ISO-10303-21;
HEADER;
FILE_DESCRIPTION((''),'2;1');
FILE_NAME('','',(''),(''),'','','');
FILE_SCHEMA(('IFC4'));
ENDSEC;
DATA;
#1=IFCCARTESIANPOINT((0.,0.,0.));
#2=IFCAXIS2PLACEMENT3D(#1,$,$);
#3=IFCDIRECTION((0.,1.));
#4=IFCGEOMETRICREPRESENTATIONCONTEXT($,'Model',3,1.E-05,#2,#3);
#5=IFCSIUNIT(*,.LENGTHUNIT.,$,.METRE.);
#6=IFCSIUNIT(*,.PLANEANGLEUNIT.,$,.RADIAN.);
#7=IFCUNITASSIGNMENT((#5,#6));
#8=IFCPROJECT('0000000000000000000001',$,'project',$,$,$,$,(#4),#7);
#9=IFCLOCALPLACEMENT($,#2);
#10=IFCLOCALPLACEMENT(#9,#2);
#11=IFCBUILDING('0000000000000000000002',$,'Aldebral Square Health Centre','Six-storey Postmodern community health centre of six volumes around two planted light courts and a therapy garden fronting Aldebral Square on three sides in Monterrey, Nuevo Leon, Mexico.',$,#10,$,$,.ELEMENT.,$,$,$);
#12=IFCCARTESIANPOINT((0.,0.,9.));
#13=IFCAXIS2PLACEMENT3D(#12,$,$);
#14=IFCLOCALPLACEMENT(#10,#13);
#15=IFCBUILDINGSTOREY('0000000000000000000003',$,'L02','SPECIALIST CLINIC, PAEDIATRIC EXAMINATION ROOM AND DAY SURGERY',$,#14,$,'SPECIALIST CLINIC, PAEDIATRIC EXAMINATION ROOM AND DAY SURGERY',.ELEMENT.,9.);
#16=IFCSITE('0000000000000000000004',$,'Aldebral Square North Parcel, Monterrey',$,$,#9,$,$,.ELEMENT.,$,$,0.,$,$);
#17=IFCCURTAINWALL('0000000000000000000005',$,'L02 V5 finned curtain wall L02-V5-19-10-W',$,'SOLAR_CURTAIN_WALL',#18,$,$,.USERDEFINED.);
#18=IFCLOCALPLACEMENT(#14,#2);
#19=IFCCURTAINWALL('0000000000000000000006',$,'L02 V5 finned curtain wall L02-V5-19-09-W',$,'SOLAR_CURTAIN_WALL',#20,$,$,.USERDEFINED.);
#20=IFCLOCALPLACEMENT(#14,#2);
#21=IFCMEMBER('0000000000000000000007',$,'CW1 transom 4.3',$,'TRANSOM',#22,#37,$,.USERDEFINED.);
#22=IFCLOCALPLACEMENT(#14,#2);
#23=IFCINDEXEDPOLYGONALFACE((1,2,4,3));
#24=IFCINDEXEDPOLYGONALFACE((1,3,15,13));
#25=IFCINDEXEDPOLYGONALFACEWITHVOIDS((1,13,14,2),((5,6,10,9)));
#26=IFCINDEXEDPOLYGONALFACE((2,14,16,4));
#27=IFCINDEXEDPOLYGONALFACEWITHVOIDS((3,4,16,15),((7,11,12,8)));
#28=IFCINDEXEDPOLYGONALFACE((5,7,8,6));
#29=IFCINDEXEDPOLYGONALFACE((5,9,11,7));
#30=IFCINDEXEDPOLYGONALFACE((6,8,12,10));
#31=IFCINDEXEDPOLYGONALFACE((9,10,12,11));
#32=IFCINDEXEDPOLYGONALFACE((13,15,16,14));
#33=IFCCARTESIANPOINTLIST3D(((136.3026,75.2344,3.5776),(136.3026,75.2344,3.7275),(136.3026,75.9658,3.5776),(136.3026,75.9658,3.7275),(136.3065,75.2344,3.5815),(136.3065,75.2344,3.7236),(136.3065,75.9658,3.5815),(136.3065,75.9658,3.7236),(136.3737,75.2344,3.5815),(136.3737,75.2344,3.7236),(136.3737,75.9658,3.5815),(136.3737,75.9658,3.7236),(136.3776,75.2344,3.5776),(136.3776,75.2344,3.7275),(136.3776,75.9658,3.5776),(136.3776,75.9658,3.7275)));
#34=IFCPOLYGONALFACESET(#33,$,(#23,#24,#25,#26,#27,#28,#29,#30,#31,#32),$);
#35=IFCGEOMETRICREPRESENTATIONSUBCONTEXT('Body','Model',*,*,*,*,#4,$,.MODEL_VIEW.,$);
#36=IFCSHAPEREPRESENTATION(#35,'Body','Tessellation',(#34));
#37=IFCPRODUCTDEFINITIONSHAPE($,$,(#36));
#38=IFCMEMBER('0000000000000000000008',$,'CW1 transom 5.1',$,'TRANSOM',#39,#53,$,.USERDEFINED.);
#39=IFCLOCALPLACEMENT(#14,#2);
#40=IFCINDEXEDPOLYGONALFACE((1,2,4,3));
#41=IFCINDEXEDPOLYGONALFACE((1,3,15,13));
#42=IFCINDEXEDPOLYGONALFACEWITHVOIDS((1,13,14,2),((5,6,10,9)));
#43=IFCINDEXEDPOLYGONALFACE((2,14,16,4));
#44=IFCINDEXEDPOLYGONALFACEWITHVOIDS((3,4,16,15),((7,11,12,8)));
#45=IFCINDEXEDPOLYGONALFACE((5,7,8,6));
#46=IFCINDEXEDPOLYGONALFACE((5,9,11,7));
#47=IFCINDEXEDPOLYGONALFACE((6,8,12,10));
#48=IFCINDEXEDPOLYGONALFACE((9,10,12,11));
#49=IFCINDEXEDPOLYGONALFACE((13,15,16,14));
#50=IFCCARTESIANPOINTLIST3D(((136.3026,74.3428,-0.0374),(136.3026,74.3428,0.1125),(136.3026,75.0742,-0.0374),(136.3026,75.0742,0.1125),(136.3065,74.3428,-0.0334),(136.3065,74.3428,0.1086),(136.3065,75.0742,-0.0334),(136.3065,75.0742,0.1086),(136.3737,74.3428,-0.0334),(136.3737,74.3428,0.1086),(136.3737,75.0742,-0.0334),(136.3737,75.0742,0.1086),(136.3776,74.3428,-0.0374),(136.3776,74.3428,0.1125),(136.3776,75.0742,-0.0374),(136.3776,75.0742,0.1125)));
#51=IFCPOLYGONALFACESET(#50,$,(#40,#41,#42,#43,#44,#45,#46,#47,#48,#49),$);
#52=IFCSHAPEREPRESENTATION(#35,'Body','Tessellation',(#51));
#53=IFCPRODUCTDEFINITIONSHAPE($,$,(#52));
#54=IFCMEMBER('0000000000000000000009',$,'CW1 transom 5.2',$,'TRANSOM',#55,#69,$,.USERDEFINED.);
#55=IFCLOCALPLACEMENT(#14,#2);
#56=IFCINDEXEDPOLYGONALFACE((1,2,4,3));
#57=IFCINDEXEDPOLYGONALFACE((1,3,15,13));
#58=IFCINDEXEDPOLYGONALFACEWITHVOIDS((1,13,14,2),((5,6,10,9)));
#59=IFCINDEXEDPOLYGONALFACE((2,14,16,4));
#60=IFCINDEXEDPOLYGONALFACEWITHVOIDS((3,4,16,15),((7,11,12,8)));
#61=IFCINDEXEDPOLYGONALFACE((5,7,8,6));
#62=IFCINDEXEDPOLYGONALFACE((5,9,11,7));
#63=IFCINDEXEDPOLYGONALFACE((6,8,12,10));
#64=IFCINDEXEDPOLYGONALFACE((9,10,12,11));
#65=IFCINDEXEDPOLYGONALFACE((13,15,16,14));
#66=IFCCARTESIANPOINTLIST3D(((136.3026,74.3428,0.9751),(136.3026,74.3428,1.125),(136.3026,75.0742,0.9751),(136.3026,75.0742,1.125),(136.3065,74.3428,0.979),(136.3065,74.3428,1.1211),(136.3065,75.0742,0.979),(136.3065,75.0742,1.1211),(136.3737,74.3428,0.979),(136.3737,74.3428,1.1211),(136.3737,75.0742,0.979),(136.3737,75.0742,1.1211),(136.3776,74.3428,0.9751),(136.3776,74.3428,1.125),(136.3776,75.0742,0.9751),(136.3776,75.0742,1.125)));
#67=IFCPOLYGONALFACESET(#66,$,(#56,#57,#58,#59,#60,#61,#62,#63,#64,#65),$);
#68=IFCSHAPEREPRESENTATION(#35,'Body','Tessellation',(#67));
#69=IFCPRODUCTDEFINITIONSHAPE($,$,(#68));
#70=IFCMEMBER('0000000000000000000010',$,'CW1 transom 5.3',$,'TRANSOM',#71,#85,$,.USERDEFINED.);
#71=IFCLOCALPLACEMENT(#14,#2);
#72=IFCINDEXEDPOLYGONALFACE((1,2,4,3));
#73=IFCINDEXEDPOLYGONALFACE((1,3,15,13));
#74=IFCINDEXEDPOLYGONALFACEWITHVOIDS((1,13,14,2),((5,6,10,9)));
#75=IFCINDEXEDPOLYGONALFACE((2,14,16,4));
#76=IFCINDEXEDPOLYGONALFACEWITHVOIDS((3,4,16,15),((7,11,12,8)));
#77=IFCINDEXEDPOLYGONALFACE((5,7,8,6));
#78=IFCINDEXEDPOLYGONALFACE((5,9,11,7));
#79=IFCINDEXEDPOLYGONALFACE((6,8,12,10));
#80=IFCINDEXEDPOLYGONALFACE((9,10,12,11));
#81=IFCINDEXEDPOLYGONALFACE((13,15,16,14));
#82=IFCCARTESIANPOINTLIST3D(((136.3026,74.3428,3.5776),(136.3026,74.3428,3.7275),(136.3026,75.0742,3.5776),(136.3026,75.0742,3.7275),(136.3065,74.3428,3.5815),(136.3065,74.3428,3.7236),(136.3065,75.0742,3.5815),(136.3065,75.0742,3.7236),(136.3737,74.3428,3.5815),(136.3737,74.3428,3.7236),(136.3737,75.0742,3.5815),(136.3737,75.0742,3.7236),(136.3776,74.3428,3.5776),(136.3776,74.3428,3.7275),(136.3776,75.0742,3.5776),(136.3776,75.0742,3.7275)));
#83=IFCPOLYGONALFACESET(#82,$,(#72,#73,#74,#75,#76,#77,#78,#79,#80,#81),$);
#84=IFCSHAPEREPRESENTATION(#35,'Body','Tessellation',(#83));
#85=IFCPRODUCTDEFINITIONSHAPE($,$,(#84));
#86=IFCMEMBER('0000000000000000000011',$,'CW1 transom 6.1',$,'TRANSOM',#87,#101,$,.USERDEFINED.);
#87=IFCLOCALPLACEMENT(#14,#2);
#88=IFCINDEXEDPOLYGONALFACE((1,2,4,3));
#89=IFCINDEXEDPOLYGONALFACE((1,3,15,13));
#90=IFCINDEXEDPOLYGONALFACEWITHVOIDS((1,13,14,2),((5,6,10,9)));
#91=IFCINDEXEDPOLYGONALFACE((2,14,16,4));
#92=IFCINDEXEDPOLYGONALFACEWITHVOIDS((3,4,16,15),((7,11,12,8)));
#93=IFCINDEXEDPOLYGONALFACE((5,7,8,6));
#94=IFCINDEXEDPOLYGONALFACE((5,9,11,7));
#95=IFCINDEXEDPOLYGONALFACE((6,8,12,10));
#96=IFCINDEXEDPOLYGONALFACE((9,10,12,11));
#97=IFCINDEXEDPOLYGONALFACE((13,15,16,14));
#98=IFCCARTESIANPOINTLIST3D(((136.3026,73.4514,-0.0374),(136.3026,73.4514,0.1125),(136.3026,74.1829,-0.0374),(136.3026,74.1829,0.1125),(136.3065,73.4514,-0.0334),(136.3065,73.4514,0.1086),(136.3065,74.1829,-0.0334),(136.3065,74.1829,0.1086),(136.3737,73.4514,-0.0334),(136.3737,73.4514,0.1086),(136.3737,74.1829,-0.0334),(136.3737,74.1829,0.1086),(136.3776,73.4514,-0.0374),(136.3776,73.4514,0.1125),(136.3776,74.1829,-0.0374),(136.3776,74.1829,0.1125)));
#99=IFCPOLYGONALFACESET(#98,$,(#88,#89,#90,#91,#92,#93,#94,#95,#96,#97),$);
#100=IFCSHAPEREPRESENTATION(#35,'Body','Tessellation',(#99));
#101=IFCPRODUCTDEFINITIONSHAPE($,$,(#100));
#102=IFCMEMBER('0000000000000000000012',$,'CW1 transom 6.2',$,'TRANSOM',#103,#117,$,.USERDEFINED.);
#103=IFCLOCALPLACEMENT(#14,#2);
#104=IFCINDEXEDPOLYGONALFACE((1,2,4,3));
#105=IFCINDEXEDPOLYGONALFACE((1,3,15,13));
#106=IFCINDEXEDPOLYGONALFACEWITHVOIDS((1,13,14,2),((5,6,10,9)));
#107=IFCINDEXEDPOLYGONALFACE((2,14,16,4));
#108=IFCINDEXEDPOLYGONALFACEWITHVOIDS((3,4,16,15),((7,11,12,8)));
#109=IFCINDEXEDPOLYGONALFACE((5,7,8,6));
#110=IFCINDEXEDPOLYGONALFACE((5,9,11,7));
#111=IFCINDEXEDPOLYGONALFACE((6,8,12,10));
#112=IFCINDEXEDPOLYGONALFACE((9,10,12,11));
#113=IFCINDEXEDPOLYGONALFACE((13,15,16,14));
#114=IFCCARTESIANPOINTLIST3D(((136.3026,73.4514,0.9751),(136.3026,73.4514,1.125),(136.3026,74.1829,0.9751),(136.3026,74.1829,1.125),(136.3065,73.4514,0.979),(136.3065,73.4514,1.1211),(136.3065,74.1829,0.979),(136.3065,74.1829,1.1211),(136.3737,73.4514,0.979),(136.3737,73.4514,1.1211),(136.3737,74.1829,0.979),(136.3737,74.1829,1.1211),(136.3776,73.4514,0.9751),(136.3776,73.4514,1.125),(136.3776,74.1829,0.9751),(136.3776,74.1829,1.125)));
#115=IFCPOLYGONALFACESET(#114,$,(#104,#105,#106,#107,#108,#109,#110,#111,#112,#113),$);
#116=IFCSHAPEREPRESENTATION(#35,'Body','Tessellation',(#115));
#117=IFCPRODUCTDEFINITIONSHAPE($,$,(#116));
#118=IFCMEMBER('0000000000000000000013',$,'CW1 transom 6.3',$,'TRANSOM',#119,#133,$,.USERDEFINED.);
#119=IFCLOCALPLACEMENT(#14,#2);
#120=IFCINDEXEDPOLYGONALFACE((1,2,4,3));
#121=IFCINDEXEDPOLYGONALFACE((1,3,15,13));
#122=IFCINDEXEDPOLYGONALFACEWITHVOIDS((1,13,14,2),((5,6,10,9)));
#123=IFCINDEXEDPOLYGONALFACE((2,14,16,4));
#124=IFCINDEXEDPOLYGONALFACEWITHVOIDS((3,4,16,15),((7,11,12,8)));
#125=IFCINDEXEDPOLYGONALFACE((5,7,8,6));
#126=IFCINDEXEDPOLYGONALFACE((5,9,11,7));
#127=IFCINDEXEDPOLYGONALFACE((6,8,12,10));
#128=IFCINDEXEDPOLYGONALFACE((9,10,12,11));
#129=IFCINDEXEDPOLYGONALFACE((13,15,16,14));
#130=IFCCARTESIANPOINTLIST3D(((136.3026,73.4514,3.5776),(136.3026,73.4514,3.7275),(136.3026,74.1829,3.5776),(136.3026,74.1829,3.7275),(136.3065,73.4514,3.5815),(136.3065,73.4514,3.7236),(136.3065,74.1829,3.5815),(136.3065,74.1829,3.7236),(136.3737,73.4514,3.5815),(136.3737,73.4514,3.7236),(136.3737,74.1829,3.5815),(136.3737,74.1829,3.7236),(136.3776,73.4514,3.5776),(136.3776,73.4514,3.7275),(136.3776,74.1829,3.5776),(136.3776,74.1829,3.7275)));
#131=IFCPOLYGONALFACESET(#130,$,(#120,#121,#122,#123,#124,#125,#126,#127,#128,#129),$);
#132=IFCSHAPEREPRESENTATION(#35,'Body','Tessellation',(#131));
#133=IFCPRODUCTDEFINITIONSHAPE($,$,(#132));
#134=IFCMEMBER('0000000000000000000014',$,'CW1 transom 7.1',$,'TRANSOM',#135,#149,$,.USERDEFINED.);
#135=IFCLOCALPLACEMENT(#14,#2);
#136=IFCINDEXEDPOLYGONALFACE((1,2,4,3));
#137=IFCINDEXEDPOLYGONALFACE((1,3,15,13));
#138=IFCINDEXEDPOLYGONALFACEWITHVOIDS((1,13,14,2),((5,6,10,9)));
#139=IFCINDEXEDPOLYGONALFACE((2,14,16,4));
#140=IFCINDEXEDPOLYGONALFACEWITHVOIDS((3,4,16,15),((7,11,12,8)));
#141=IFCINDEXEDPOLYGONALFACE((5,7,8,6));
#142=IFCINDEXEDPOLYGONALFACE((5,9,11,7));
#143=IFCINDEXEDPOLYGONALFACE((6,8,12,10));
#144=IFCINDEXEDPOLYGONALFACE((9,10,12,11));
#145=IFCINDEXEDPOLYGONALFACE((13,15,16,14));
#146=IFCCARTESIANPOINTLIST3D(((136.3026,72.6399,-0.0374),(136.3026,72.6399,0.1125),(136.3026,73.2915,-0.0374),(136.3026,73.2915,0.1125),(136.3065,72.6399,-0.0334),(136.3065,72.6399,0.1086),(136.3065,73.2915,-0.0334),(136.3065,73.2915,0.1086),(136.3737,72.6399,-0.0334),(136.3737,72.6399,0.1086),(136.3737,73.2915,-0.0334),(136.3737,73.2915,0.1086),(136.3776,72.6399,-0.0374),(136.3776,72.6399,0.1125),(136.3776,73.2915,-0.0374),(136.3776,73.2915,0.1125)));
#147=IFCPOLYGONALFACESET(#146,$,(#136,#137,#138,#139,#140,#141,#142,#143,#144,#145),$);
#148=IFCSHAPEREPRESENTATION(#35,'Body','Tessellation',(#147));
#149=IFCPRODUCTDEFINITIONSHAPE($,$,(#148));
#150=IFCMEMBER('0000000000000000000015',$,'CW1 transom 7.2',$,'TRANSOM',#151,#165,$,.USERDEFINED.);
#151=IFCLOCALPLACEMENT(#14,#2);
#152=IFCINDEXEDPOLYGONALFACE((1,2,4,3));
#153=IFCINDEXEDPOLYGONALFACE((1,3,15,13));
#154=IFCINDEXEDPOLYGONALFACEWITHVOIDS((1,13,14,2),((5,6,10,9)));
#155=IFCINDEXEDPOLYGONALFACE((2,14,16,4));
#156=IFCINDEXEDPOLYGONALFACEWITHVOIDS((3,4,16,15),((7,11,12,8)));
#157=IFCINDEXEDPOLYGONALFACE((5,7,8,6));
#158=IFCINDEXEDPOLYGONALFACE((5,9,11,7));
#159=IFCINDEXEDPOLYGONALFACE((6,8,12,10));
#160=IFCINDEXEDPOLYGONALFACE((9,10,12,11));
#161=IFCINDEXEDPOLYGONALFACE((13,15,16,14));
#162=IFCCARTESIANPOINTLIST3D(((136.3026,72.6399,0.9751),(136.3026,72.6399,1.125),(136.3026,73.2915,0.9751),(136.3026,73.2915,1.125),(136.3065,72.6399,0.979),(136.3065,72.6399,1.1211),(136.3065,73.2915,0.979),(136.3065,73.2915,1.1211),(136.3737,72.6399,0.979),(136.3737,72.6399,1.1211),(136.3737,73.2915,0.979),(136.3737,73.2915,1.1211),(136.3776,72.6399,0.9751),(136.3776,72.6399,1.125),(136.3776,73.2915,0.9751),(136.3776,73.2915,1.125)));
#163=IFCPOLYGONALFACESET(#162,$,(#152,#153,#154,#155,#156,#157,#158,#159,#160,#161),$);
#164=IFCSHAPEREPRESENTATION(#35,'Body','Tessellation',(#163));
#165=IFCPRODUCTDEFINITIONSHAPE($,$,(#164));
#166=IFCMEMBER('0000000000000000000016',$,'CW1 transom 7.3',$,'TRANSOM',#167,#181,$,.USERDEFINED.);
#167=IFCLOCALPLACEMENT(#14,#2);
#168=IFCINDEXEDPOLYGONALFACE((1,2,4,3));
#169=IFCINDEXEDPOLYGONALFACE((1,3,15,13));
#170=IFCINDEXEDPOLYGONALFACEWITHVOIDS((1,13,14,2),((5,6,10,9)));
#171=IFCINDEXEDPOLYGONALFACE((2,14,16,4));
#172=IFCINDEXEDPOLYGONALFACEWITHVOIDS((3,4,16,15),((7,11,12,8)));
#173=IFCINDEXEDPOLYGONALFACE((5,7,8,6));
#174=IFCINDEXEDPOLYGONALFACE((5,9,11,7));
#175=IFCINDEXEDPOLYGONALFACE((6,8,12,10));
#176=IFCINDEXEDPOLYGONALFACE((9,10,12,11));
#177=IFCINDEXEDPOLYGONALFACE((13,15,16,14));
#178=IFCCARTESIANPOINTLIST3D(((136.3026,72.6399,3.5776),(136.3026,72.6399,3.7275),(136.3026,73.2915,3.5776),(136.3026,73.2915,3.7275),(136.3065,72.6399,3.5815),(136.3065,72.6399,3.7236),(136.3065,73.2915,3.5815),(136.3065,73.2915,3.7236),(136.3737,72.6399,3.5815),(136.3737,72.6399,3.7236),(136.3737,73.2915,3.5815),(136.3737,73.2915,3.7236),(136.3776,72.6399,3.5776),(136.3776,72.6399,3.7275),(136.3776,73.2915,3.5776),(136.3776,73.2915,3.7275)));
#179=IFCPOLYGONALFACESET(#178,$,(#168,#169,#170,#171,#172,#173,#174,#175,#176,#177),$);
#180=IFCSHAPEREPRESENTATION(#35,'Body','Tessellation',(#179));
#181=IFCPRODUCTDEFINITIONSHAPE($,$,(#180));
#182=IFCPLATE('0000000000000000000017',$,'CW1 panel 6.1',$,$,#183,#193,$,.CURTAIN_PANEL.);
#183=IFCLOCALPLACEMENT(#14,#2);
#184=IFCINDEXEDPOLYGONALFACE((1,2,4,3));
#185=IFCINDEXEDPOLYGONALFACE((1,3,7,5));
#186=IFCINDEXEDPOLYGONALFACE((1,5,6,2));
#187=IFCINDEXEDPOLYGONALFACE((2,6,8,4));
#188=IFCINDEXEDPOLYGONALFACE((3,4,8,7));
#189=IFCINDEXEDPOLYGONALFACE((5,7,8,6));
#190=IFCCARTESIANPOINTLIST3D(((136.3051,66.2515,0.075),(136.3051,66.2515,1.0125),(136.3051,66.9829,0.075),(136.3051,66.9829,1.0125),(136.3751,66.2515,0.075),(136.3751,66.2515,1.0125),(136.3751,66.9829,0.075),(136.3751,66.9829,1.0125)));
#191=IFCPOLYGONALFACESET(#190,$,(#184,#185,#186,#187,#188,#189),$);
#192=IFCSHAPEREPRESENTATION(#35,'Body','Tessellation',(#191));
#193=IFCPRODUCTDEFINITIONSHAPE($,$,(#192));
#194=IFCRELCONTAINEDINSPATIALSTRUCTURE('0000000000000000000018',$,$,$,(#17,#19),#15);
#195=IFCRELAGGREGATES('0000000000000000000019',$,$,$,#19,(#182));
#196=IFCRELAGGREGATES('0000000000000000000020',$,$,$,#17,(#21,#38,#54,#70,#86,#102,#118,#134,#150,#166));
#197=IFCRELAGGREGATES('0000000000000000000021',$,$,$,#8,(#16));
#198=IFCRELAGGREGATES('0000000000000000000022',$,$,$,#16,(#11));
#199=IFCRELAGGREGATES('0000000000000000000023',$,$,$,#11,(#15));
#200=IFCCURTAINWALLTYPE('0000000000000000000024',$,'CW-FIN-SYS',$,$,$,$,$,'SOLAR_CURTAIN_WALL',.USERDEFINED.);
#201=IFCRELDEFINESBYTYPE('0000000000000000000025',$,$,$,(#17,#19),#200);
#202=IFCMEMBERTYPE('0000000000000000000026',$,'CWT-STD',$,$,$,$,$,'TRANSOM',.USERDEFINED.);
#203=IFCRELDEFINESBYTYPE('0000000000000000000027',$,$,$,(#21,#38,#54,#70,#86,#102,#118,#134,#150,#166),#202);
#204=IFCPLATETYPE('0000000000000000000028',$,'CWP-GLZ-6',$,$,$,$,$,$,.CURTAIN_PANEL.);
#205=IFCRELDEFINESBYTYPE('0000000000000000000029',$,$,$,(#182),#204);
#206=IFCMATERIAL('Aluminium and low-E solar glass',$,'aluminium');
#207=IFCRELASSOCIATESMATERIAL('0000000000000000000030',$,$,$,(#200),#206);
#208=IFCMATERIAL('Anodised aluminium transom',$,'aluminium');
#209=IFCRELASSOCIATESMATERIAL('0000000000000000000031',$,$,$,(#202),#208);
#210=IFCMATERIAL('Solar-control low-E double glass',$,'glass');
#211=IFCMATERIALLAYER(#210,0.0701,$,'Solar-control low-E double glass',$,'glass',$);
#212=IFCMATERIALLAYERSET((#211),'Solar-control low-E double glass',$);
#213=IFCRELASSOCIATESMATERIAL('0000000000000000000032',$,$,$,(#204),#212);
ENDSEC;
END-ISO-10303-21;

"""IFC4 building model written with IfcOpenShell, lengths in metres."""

from ifc_helpers import new_model, si_unit, direction, frame, origin, origin_2d, place, context, subcontext, project, spatial, rectangle, hollow_rectangle, extrude, material, layer, layer_set, material_profile, profile_set, type_object, element, aggregate, save


model = new_model("IFC4")

# Units and contexts
model_context = context("Model", 3, precision=1e-05, world=origin(), true_north=direction((0.0, 1.0)))
body_context = subcontext(model_context, "Body", "Model", "MODEL_VIEW")
ifc_project = project(units=[si_unit("LENGTHUNIT", "METRE"), si_unit("PLANEANGLEUNIT", "RADIAN")], contexts=[model_context])

# Site, building, storey
site_placement = place(None, origin())
site = spatial("IfcSite", under=ifc_project, at=site_placement, Name="Aldebral Square North Parcel, Monterrey", CompositionType="ELEMENT", RefElevation=0.0)
building_placement = place(site_placement, origin())
building = spatial("IfcBuilding", under=site, at=building_placement, Name="Aldebral Square Health Centre", Description="Six-storey Postmodern community health centre of six volumes around two planted light courts and a therapy garden fronting Aldebral Square on three sides in Monterrey, Nuevo Leon, Mexico.", CompositionType="ELEMENT")
storey_placement = place(building_placement, frame((0.0, 0.0, 9.0)))
storey = spatial("IfcBuildingStorey", under=building, at=storey_placement, Name="L02", Description="SPECIALIST CLINIC, PAEDIATRIC EXAMINATION ROOM AND DAY SURGERY", LongName="SPECIALIST CLINIC, PAEDIATRIC EXAMINATION ROOM AND DAY SURGERY", CompositionType="ELEMENT", Elevation=9.0)

# Curtain walls
ifc_material_1 = material(Name="Aluminium and low-E solar glass", Category="aluminium")
curtain_wall_type = type_object("IfcCurtainWallType", Name="CW-FIN-SYS", ElementType="SOLAR_CURTAIN_WALL", PredefinedType="USERDEFINED", material=ifc_material_1)
curtain_wall_1_placement = place(storey_placement, origin())
curtain_wall_1 = element("IfcCurtainWall", 1, at=curtain_wall_1_placement, inside=storey, type_object=curtain_wall_type, Name="L02 V5 finned curtain wall L02-V5-19-10-W", ObjectType="SOLAR_CURTAIN_WALL", PredefinedType="USERDEFINED")
curtain_wall_2_placement = place(storey_placement, origin())
curtain_wall_2 = element("IfcCurtainWall", 2, at=curtain_wall_2_placement, inside=storey, type_object=curtain_wall_type, Name="L02 V5 finned curtain wall L02-V5-19-09-W", ObjectType="SOLAR_CURTAIN_WALL", PredefinedType="USERDEFINED")
ifc_material_2 = material(Name="Anodised aluminium transom", Category="aluminium")
ifc_material_profile_1 = material_profile(ifc_material_2, hollow_rectangle(XDim=0.075, YDim=0.1499, WallThickness=0.0039, at=origin_2d()), Name="CWT 75x150x4")
ifc_profile_set_1 = profile_set([ifc_material_profile_1], Name="Anodised aluminium transom")
member_type_1 = type_object("IfcMemberType", Name="CWT-STD", ElementType="TRANSOM", PredefinedType="USERDEFINED", material=ifc_profile_set_1)

# Members
member_1_placement = place(storey_placement, frame((136.3401, 75.9658, 3.6526), z_axis=(0.0, -1.0, 0.0), x_axis=(1.0, 0.0, 0.0)))
member_1 = element("IfcMember", 3, at=member_1_placement, type_object=member_type_1, Name="CW1 transom 4.3", ObjectType="TRANSOM", PredefinedType="USERDEFINED", context=body_context, shape_type="SweptSolid", body=[
    extrude(hollow_rectangle(XDim=0.075, YDim=0.1499, WallThickness=0.0039, at=origin_2d()), origin(), (0.0, 0.0, 1.0), 0.7314),
])
member_2_placement = place(storey_placement, frame((136.3401, 75.0742, 0.0376), z_axis=(0.0, -1.0, 0.0), x_axis=(1.0, 0.0, 0.0)))
member_2 = element("IfcMember", 4, at=member_2_placement, type_object=member_type_1, Name="CW1 transom 5.1", ObjectType="TRANSOM", PredefinedType="USERDEFINED", context=body_context, shape_type="SweptSolid", body=[
    extrude(hollow_rectangle(XDim=0.075, YDim=0.1499, WallThickness=0.0039, at=origin_2d()), origin(), (0.0, 0.0, 1.0), 0.7314),
])
member_3_placement = place(storey_placement, frame((136.3401, 75.0742, 1.05), z_axis=(0.0, -1.0, 0.0), x_axis=(1.0, 0.0, 0.0)))
member_3 = element("IfcMember", 5, at=member_3_placement, type_object=member_type_1, Name="CW1 transom 5.2", ObjectType="TRANSOM", PredefinedType="USERDEFINED", context=body_context, shape_type="SweptSolid", body=[
    extrude(hollow_rectangle(XDim=0.075, YDim=0.1499, WallThickness=0.0039, at=origin_2d()), origin(), (0.0, 0.0, 1.0), 0.7314),
])
member_4_placement = place(storey_placement, frame((136.3401, 75.0742, 3.6526), z_axis=(0.0, -1.0, 0.0), x_axis=(1.0, 0.0, 0.0)))
member_4 = element("IfcMember", 6, at=member_4_placement, type_object=member_type_1, Name="CW1 transom 5.3", ObjectType="TRANSOM", PredefinedType="USERDEFINED", context=body_context, shape_type="SweptSolid", body=[
    extrude(hollow_rectangle(XDim=0.075, YDim=0.1499, WallThickness=0.0039, at=origin_2d()), origin(), (0.0, 0.0, 1.0), 0.7314),
])
member_5_placement = place(storey_placement, frame((136.3401, 74.1829, 0.0376), z_axis=(0.0, -1.0, 0.0), x_axis=(1.0, 0.0, 0.0)))
member_5 = element("IfcMember", 7, at=member_5_placement, type_object=member_type_1, Name="CW1 transom 6.1", ObjectType="TRANSOM", PredefinedType="USERDEFINED", context=body_context, shape_type="SweptSolid", body=[
    extrude(hollow_rectangle(XDim=0.075, YDim=0.1499, WallThickness=0.0039, at=origin_2d()), origin(), (0.0, 0.0, 1.0), 0.7314),
])
member_6_placement = place(storey_placement, frame((136.3401, 74.1829, 1.05), z_axis=(0.0, -1.0, 0.0), x_axis=(1.0, 0.0, 0.0)))
member_6 = element("IfcMember", 8, at=member_6_placement, type_object=member_type_1, Name="CW1 transom 6.2", ObjectType="TRANSOM", PredefinedType="USERDEFINED", context=body_context, shape_type="SweptSolid", body=[
    extrude(hollow_rectangle(XDim=0.075, YDim=0.1499, WallThickness=0.0039, at=origin_2d()), origin(), (0.0, 0.0, 1.0), 0.7314),
])
member_7_placement = place(storey_placement, frame((136.3401, 74.1829, 3.6526), z_axis=(0.0, -1.0, 0.0), x_axis=(1.0, 0.0, 0.0)))
member_7 = element("IfcMember", 9, at=member_7_placement, type_object=member_type_1, Name="CW1 transom 6.3", ObjectType="TRANSOM", PredefinedType="USERDEFINED", context=body_context, shape_type="SweptSolid", body=[
    extrude(hollow_rectangle(XDim=0.075, YDim=0.1499, WallThickness=0.0039, at=origin_2d()), origin(), (0.0, 0.0, 1.0), 0.7314),
])
member_8_placement = place(storey_placement, frame((136.3401, 73.2915, 0.0376), z_axis=(0.0, -1.0, 0.0), x_axis=(1.0, 0.0, 0.0)))
member_8 = element("IfcMember", 10, at=member_8_placement, type_object=member_type_1, Name="CW1 transom 7.1", ObjectType="TRANSOM", PredefinedType="USERDEFINED", context=body_context, shape_type="SweptSolid", body=[
    extrude(hollow_rectangle(XDim=0.075, YDim=0.1499, WallThickness=0.0039, at=origin_2d()), origin(), (0.0, 0.0, 1.0), 0.6516),
])
member_9_placement = place(storey_placement, frame((136.3401, 73.2915, 1.05), z_axis=(0.0, -1.0, 0.0), x_axis=(1.0, 0.0, 0.0)))
member_9 = element("IfcMember", 11, at=member_9_placement, type_object=member_type_1, Name="CW1 transom 7.2", ObjectType="TRANSOM", PredefinedType="USERDEFINED", context=body_context, shape_type="SweptSolid", body=[
    extrude(hollow_rectangle(XDim=0.075, YDim=0.1499, WallThickness=0.0039, at=origin_2d()), origin(), (0.0, 0.0, 1.0), 0.6516),
])
member_10_placement = place(storey_placement, frame((136.3401, 73.2915, 3.6526), z_axis=(0.0, -1.0, 0.0), x_axis=(1.0, 0.0, 0.0)))
member_10 = element("IfcMember", 12, at=member_10_placement, type_object=member_type_1, Name="CW1 transom 7.3", ObjectType="TRANSOM", PredefinedType="USERDEFINED", context=body_context, shape_type="SweptSolid", body=[
    extrude(hollow_rectangle(XDim=0.075, YDim=0.1499, WallThickness=0.0039, at=origin_2d()), origin(), (0.0, 0.0, 1.0), 0.6516),
])

# Plate
ifc_material_3 = material(Name="Solar-control low-E double glass", Category="glass")
ifc_layer_1 = layer(ifc_material_3, 0.0701, Name="Solar-control low-E double glass", Category="glass")
ifc_layer_set_1 = layer_set([ifc_layer_1], Name="Solar-control low-E double glass")
plate_type_1 = type_object("IfcPlateType", Name="CWP-GLZ-6", PredefinedType="CURTAIN_PANEL", material=ifc_layer_set_1)
plate_1_placement = place(storey_placement, frame((136.3401, 66.6172, 0.075), z_axis=(0.0, 0.0, 1.0), x_axis=(0.0, -1.0, 0.0)))
plate_1 = element("IfcPlate", 13, at=plate_1_placement, type_object=plate_type_1, Name="CW1 panel 6.1", PredefinedType="CURTAIN_PANEL", context=body_context, shape_type="SweptSolid", body=[
    extrude(rectangle(XDim=0.7314, YDim=0.0701, at=origin_2d()), origin(), (0.0, 0.0, 1.0), 0.9375),
])
aggregate(curtain_wall_2, [plate_1])
aggregate(curtain_wall_1, [member_1, member_2, member_3, member_4, member_5, member_6, member_7, member_8, member_9, member_10])

save(model, "model.ifc")
